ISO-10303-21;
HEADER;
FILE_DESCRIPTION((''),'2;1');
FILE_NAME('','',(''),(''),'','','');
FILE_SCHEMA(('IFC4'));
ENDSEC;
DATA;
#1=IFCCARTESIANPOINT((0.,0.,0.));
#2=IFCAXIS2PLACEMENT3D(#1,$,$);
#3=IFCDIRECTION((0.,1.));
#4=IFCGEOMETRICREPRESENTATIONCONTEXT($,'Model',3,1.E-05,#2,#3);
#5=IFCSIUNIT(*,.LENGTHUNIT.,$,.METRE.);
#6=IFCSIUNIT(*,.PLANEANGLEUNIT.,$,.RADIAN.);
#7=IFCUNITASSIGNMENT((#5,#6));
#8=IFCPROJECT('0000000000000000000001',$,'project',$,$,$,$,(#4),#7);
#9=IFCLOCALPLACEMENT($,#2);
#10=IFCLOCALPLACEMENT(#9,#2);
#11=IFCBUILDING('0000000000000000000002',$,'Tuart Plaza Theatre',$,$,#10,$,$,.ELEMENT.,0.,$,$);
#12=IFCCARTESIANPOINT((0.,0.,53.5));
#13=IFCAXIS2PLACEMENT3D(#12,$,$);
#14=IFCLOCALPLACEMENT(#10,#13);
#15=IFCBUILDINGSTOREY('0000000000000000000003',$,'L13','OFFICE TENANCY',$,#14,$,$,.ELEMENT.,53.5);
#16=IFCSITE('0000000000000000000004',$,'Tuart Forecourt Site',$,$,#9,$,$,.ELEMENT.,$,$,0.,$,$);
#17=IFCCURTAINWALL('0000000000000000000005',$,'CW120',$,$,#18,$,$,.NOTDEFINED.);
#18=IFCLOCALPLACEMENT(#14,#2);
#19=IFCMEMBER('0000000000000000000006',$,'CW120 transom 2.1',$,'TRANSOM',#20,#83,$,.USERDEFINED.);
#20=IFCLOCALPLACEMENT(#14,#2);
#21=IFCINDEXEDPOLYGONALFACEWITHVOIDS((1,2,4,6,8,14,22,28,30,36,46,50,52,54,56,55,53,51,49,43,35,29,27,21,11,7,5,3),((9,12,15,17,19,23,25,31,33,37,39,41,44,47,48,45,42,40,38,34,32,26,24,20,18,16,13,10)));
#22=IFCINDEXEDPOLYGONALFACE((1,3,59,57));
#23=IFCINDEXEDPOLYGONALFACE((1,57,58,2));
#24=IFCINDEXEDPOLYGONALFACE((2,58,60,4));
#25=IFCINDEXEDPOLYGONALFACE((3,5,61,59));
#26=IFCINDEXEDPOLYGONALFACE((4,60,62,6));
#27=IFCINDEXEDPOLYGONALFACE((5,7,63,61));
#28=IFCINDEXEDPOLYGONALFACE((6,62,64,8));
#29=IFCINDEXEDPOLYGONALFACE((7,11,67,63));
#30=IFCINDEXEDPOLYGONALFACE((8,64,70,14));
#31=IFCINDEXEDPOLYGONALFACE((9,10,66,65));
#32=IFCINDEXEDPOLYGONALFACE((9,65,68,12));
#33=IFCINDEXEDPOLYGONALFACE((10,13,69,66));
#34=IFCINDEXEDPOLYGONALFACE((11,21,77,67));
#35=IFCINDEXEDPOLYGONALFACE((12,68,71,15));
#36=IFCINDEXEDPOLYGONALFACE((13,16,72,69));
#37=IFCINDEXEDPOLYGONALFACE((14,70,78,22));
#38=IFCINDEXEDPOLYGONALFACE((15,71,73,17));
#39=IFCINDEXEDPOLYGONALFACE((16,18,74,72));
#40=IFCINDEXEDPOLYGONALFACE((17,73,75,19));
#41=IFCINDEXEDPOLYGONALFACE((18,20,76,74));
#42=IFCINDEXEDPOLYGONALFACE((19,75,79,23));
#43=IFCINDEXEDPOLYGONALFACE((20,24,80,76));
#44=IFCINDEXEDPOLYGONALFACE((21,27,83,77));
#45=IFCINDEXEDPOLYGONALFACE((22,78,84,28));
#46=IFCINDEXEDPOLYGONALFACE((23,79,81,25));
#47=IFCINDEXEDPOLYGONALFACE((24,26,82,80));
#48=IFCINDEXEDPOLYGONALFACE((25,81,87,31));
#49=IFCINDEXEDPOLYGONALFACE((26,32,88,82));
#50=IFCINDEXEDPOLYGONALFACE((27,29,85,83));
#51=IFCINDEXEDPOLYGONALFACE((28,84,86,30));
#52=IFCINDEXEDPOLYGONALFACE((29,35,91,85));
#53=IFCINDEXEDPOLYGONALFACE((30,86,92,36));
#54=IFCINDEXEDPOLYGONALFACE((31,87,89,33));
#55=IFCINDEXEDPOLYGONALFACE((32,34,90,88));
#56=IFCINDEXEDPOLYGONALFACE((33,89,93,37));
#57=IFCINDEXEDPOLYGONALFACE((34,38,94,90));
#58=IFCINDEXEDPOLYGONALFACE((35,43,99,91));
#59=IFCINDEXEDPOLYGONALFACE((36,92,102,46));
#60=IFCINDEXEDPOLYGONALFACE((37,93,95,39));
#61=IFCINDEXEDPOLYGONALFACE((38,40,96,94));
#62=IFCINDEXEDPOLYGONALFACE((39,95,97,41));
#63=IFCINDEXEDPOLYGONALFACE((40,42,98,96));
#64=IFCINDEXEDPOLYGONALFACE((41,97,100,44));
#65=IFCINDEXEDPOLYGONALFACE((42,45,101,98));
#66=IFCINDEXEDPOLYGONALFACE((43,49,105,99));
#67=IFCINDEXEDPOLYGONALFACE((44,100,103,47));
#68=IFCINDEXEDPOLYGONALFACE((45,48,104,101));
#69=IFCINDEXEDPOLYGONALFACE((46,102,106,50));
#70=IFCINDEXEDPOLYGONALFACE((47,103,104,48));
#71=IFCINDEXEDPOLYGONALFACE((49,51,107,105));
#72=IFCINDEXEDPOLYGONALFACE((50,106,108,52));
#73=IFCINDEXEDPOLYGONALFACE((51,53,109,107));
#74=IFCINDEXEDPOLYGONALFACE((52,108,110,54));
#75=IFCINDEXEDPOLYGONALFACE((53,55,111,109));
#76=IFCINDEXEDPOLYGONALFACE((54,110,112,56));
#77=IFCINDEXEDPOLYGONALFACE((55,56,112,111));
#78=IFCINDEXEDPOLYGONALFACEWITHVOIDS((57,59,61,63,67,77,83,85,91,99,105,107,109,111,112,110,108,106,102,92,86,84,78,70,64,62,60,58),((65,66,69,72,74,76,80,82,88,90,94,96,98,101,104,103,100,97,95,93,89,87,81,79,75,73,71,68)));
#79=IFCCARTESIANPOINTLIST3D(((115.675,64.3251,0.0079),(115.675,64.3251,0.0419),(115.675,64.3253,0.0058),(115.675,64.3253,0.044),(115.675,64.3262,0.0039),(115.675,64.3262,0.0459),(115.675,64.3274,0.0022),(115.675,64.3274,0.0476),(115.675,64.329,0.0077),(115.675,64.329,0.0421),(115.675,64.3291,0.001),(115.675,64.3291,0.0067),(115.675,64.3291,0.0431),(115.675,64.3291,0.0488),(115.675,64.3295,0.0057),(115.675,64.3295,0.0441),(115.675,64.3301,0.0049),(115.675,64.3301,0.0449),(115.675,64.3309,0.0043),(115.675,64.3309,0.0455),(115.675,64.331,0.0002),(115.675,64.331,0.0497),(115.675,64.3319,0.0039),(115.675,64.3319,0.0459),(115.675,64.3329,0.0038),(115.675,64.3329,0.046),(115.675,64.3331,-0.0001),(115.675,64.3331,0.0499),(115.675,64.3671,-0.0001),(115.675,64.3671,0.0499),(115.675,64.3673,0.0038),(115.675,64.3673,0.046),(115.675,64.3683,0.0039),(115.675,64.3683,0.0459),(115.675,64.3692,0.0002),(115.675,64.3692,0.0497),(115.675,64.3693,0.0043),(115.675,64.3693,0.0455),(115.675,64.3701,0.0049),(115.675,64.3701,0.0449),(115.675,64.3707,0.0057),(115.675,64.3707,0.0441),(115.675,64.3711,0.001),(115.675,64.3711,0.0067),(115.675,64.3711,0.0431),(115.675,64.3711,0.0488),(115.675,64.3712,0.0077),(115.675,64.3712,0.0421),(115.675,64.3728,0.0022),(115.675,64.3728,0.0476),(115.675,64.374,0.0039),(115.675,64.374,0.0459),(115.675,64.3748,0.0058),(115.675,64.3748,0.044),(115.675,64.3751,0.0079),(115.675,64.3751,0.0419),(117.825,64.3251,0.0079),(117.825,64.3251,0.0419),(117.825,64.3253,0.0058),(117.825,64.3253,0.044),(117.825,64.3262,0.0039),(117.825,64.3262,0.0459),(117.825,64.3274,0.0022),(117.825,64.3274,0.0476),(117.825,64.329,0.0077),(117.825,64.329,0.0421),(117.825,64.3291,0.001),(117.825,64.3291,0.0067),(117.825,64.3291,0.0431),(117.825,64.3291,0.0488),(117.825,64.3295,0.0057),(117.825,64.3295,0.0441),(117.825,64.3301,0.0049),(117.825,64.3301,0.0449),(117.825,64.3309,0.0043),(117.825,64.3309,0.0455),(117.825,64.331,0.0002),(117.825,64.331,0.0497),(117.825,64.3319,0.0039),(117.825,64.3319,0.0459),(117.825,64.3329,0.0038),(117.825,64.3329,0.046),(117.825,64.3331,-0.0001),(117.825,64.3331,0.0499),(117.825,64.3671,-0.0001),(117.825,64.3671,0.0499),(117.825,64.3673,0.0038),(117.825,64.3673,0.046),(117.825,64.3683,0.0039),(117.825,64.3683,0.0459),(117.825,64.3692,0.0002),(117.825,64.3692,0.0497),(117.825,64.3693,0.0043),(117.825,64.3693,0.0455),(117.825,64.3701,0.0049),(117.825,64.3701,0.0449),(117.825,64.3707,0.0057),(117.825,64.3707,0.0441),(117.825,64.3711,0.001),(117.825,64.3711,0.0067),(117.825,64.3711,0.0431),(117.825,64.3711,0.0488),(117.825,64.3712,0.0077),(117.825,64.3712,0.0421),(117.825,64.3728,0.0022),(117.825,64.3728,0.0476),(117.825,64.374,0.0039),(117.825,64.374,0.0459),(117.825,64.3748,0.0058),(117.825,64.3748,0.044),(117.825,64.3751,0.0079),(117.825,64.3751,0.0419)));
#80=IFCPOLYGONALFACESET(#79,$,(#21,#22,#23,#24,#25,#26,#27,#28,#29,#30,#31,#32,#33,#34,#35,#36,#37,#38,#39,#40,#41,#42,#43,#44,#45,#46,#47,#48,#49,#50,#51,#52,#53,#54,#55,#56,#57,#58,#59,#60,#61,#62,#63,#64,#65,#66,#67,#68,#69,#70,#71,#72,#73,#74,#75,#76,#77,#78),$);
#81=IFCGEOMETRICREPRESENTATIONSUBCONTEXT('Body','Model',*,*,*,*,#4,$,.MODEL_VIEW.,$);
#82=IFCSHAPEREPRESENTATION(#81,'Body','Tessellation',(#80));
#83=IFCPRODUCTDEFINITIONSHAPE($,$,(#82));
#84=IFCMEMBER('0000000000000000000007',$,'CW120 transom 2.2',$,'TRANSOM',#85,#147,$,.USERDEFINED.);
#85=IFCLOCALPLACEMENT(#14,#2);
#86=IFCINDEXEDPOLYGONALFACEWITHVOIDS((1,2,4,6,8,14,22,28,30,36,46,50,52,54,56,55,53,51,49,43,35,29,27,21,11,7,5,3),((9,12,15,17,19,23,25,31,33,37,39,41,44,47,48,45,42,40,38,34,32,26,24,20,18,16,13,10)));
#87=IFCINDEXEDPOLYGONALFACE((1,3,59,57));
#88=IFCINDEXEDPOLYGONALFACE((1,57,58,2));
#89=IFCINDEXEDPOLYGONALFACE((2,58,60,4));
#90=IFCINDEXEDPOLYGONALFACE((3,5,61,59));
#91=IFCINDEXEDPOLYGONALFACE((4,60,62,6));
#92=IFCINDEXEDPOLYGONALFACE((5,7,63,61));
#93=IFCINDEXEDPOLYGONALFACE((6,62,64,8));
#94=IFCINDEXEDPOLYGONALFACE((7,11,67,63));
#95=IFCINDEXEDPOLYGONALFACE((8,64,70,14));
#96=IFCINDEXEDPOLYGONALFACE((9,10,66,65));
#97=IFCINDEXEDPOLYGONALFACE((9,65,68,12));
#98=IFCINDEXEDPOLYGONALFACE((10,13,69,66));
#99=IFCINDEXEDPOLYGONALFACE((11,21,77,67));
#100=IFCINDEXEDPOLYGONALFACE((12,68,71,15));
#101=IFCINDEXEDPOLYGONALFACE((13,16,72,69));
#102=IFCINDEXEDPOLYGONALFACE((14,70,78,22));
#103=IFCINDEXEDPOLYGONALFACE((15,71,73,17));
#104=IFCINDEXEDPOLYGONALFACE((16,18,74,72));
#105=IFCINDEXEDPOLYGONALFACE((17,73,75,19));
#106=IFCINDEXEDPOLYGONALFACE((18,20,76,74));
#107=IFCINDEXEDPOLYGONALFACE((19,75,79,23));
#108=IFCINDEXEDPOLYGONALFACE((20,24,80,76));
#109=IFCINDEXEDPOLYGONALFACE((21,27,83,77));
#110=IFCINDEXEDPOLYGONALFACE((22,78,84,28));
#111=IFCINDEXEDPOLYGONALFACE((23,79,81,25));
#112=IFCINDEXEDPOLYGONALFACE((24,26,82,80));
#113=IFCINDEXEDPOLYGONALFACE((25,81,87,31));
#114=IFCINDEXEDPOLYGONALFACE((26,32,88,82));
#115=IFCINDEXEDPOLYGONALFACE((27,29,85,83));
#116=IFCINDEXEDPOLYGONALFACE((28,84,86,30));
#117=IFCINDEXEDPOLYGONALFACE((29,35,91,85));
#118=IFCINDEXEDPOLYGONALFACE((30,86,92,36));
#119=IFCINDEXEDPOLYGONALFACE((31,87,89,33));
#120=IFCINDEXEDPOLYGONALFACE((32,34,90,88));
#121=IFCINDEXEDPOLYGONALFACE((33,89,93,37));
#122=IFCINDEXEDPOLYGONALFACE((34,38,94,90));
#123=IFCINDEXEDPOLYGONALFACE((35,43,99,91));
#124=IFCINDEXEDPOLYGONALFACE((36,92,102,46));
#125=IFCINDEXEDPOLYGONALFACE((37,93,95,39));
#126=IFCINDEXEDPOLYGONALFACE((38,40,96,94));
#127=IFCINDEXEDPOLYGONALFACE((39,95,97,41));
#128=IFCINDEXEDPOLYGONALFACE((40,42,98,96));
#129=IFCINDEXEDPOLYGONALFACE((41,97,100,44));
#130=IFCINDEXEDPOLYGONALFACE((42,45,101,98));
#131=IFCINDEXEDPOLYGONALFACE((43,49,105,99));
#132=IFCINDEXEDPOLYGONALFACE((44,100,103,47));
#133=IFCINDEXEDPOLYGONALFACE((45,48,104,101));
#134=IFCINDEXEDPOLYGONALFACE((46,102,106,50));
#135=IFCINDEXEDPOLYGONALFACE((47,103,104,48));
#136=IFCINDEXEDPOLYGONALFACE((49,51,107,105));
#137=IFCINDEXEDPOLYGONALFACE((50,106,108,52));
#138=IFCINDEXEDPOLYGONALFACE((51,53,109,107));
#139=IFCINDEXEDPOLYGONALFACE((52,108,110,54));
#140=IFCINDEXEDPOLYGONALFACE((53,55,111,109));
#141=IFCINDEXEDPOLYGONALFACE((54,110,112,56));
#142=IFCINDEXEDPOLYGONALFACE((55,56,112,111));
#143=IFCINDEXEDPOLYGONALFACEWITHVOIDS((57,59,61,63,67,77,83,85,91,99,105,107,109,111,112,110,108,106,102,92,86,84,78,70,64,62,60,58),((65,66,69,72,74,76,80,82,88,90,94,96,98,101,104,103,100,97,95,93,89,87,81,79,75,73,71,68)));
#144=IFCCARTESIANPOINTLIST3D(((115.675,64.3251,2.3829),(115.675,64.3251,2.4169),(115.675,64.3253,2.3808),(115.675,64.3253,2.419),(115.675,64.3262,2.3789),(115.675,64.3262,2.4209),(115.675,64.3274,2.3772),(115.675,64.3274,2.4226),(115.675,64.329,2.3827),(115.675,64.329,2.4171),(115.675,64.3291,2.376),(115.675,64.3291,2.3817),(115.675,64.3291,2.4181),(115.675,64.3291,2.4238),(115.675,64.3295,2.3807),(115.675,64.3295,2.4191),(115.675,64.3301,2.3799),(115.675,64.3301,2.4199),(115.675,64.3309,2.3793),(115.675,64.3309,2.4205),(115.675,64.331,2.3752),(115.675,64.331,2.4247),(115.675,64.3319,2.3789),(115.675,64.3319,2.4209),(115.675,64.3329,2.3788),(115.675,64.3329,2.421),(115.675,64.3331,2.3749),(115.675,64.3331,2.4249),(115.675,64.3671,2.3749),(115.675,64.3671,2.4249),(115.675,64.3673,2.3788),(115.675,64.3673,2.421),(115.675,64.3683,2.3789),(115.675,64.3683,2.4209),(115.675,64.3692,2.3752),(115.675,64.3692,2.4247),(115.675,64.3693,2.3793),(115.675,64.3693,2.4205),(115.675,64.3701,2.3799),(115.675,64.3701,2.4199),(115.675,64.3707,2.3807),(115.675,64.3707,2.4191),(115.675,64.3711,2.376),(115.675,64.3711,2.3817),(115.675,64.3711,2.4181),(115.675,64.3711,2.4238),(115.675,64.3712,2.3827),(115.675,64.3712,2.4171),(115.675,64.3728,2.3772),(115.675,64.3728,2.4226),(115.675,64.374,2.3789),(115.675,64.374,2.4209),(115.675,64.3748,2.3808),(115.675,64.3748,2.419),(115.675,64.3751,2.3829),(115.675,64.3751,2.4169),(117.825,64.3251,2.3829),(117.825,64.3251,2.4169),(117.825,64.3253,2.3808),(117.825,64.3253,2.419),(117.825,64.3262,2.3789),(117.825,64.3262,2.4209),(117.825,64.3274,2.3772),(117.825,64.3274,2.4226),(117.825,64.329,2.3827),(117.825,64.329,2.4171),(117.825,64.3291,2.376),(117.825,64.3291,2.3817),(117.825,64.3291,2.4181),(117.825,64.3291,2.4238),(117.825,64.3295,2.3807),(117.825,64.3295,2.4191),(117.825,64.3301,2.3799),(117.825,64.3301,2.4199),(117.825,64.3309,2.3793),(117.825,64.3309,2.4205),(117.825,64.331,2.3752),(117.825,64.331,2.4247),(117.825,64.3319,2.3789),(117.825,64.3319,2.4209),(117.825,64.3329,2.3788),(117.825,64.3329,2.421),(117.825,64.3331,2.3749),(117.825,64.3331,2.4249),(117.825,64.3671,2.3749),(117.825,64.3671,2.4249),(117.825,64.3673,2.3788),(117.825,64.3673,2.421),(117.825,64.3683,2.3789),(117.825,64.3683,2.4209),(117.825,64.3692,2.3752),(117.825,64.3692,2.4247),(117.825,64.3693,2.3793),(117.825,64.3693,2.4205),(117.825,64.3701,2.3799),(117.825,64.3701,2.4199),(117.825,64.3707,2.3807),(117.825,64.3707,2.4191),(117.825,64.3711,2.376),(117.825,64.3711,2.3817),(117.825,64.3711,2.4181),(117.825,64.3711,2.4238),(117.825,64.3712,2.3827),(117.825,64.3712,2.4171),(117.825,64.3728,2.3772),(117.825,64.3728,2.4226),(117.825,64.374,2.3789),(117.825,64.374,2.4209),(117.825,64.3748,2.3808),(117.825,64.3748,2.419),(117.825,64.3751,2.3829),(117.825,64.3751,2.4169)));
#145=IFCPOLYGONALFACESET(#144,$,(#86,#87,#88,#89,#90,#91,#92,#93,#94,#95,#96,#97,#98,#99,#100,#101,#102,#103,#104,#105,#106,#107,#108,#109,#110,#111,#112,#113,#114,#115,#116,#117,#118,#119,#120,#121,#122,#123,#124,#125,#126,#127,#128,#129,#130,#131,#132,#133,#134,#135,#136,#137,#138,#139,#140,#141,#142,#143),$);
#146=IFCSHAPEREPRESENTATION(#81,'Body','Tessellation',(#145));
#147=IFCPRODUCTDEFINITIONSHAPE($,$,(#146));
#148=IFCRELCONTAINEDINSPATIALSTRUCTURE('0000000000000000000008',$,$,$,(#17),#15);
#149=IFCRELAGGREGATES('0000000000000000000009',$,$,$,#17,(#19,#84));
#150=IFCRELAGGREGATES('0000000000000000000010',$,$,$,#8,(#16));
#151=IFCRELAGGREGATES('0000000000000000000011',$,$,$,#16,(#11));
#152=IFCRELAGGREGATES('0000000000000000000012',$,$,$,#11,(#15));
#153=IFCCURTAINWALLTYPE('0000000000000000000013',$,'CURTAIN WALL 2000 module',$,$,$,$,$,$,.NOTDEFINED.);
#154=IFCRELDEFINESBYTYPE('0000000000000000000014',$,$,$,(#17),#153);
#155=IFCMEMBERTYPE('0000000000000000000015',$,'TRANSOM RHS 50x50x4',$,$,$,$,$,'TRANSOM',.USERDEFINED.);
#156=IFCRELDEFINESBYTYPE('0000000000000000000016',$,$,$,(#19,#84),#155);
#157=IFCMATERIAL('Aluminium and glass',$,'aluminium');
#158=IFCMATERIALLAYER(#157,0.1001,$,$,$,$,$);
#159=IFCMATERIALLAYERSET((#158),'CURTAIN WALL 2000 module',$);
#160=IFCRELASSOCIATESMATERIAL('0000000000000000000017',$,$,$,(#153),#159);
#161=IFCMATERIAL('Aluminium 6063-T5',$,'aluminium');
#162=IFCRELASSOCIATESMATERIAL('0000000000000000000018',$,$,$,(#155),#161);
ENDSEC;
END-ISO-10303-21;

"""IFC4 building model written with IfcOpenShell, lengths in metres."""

from ifc_helpers import new_model, si_unit, direction, frame, origin, origin_2d, place, context, subcontext, project, spatial, hollow_rectangle, extrude, material, layer, layer_set, material_profile, profile_set, type_object, element, aggregate, save


model = new_model("IFC4")

# Units and contexts
model_context = context("Model", 3, precision=1e-05, world=origin(), true_north=direction((0.0, 1.0)))
body_context = subcontext(model_context, "Body", "Model", "MODEL_VIEW")
ifc_project = project(units=[si_unit("LENGTHUNIT", "METRE"), si_unit("PLANEANGLEUNIT", "RADIAN")], contexts=[model_context])

# Site, building, storey
site_placement = place(None, origin())
site = spatial("IfcSite", under=ifc_project, at=site_placement, Name="Tuart Forecourt Site", CompositionType="ELEMENT", RefElevation=0.0)
building_placement = place(site_placement, origin())
building = spatial("IfcBuilding", under=site, at=building_placement, Name="Tuart Plaza Theatre", CompositionType="ELEMENT", ElevationOfRefHeight=0.0)
storey_placement = place(building_placement, frame((0.0, 0.0, 53.5)))
storey = spatial("IfcBuildingStorey", under=building, at=storey_placement, Name="L13", Description="OFFICE TENANCY", CompositionType="ELEMENT", Elevation=53.5)

# Curtain wall
ifc_material_1 = material(Name="Aluminium and glass", Category="aluminium")
ifc_layer_1 = layer(ifc_material_1, 0.1001)
ifc_layer_set_1 = layer_set([ifc_layer_1], Name="CURTAIN WALL 2000 module")
curtain_wall_type = type_object("IfcCurtainWallType", Name="CURTAIN WALL 2000 module", PredefinedType="NOTDEFINED", material=ifc_layer_set_1)
curtain_wall_1_placement = place(storey_placement, origin())
curtain_wall_1 = element("IfcCurtainWall", 1, at=curtain_wall_1_placement, inside=storey, type_object=curtain_wall_type, Name="CW120", PredefinedType="NOTDEFINED")
ifc_material_2 = material(Name="Aluminium 6063-T5", Category="aluminium")
ifc_material_profile_1 = material_profile(ifc_material_2, hollow_rectangle(XDim=0.05, YDim=0.05, WallThickness=0.0039, InnerFilletRadius=0.0039, OuterFilletRadius=0.0081, at=origin_2d()), Name="RHS 50x50x4")
ifc_profile_set_1 = profile_set([ifc_material_profile_1], Name="Aluminium 6063-T5")
member_type_1 = type_object("IfcMemberType", Name="TRANSOM RHS 50x50x4", ElementType="TRANSOM", PredefinedType="USERDEFINED", material=ifc_profile_set_1)

# Members
member_1_placement = place(storey_placement, frame((115.675, 64.3501, 0.0249), z_axis=(1.0, 0.0, 0.0), x_axis=(0.0, 1.0, 0.0)))
member_1 = element("IfcMember", 2, at=member_1_placement, type_object=member_type_1, Name="CW120 transom 2.1", ObjectType="TRANSOM", PredefinedType="USERDEFINED", context=body_context, shape_type="SweptSolid", body=[
    extrude(hollow_rectangle(XDim=0.05, YDim=0.05, WallThickness=0.0039, InnerFilletRadius=0.0039, OuterFilletRadius=0.0081, at=origin_2d()), origin(), (0.0, 0.0, 1.0), 2.1499),
])
member_2_placement = place(storey_placement, frame((115.675, 64.3501, 2.3999), z_axis=(1.0, 0.0, 0.0), x_axis=(0.0, 1.0, 0.0)))
member_2 = element("IfcMember", 3, at=member_2_placement, type_object=member_type_1, Name="CW120 transom 2.2", ObjectType="TRANSOM", PredefinedType="USERDEFINED", context=body_context, shape_type="SweptSolid", body=[
    extrude(hollow_rectangle(XDim=0.05, YDim=0.05, WallThickness=0.0039, InnerFilletRadius=0.0039, OuterFilletRadius=0.0081, at=origin_2d()), origin(), (0.0, 0.0, 1.0), 2.1499),
])

aggregate(curtain_wall_1, [member_1, member_2])

save(model, "model.ifc")
